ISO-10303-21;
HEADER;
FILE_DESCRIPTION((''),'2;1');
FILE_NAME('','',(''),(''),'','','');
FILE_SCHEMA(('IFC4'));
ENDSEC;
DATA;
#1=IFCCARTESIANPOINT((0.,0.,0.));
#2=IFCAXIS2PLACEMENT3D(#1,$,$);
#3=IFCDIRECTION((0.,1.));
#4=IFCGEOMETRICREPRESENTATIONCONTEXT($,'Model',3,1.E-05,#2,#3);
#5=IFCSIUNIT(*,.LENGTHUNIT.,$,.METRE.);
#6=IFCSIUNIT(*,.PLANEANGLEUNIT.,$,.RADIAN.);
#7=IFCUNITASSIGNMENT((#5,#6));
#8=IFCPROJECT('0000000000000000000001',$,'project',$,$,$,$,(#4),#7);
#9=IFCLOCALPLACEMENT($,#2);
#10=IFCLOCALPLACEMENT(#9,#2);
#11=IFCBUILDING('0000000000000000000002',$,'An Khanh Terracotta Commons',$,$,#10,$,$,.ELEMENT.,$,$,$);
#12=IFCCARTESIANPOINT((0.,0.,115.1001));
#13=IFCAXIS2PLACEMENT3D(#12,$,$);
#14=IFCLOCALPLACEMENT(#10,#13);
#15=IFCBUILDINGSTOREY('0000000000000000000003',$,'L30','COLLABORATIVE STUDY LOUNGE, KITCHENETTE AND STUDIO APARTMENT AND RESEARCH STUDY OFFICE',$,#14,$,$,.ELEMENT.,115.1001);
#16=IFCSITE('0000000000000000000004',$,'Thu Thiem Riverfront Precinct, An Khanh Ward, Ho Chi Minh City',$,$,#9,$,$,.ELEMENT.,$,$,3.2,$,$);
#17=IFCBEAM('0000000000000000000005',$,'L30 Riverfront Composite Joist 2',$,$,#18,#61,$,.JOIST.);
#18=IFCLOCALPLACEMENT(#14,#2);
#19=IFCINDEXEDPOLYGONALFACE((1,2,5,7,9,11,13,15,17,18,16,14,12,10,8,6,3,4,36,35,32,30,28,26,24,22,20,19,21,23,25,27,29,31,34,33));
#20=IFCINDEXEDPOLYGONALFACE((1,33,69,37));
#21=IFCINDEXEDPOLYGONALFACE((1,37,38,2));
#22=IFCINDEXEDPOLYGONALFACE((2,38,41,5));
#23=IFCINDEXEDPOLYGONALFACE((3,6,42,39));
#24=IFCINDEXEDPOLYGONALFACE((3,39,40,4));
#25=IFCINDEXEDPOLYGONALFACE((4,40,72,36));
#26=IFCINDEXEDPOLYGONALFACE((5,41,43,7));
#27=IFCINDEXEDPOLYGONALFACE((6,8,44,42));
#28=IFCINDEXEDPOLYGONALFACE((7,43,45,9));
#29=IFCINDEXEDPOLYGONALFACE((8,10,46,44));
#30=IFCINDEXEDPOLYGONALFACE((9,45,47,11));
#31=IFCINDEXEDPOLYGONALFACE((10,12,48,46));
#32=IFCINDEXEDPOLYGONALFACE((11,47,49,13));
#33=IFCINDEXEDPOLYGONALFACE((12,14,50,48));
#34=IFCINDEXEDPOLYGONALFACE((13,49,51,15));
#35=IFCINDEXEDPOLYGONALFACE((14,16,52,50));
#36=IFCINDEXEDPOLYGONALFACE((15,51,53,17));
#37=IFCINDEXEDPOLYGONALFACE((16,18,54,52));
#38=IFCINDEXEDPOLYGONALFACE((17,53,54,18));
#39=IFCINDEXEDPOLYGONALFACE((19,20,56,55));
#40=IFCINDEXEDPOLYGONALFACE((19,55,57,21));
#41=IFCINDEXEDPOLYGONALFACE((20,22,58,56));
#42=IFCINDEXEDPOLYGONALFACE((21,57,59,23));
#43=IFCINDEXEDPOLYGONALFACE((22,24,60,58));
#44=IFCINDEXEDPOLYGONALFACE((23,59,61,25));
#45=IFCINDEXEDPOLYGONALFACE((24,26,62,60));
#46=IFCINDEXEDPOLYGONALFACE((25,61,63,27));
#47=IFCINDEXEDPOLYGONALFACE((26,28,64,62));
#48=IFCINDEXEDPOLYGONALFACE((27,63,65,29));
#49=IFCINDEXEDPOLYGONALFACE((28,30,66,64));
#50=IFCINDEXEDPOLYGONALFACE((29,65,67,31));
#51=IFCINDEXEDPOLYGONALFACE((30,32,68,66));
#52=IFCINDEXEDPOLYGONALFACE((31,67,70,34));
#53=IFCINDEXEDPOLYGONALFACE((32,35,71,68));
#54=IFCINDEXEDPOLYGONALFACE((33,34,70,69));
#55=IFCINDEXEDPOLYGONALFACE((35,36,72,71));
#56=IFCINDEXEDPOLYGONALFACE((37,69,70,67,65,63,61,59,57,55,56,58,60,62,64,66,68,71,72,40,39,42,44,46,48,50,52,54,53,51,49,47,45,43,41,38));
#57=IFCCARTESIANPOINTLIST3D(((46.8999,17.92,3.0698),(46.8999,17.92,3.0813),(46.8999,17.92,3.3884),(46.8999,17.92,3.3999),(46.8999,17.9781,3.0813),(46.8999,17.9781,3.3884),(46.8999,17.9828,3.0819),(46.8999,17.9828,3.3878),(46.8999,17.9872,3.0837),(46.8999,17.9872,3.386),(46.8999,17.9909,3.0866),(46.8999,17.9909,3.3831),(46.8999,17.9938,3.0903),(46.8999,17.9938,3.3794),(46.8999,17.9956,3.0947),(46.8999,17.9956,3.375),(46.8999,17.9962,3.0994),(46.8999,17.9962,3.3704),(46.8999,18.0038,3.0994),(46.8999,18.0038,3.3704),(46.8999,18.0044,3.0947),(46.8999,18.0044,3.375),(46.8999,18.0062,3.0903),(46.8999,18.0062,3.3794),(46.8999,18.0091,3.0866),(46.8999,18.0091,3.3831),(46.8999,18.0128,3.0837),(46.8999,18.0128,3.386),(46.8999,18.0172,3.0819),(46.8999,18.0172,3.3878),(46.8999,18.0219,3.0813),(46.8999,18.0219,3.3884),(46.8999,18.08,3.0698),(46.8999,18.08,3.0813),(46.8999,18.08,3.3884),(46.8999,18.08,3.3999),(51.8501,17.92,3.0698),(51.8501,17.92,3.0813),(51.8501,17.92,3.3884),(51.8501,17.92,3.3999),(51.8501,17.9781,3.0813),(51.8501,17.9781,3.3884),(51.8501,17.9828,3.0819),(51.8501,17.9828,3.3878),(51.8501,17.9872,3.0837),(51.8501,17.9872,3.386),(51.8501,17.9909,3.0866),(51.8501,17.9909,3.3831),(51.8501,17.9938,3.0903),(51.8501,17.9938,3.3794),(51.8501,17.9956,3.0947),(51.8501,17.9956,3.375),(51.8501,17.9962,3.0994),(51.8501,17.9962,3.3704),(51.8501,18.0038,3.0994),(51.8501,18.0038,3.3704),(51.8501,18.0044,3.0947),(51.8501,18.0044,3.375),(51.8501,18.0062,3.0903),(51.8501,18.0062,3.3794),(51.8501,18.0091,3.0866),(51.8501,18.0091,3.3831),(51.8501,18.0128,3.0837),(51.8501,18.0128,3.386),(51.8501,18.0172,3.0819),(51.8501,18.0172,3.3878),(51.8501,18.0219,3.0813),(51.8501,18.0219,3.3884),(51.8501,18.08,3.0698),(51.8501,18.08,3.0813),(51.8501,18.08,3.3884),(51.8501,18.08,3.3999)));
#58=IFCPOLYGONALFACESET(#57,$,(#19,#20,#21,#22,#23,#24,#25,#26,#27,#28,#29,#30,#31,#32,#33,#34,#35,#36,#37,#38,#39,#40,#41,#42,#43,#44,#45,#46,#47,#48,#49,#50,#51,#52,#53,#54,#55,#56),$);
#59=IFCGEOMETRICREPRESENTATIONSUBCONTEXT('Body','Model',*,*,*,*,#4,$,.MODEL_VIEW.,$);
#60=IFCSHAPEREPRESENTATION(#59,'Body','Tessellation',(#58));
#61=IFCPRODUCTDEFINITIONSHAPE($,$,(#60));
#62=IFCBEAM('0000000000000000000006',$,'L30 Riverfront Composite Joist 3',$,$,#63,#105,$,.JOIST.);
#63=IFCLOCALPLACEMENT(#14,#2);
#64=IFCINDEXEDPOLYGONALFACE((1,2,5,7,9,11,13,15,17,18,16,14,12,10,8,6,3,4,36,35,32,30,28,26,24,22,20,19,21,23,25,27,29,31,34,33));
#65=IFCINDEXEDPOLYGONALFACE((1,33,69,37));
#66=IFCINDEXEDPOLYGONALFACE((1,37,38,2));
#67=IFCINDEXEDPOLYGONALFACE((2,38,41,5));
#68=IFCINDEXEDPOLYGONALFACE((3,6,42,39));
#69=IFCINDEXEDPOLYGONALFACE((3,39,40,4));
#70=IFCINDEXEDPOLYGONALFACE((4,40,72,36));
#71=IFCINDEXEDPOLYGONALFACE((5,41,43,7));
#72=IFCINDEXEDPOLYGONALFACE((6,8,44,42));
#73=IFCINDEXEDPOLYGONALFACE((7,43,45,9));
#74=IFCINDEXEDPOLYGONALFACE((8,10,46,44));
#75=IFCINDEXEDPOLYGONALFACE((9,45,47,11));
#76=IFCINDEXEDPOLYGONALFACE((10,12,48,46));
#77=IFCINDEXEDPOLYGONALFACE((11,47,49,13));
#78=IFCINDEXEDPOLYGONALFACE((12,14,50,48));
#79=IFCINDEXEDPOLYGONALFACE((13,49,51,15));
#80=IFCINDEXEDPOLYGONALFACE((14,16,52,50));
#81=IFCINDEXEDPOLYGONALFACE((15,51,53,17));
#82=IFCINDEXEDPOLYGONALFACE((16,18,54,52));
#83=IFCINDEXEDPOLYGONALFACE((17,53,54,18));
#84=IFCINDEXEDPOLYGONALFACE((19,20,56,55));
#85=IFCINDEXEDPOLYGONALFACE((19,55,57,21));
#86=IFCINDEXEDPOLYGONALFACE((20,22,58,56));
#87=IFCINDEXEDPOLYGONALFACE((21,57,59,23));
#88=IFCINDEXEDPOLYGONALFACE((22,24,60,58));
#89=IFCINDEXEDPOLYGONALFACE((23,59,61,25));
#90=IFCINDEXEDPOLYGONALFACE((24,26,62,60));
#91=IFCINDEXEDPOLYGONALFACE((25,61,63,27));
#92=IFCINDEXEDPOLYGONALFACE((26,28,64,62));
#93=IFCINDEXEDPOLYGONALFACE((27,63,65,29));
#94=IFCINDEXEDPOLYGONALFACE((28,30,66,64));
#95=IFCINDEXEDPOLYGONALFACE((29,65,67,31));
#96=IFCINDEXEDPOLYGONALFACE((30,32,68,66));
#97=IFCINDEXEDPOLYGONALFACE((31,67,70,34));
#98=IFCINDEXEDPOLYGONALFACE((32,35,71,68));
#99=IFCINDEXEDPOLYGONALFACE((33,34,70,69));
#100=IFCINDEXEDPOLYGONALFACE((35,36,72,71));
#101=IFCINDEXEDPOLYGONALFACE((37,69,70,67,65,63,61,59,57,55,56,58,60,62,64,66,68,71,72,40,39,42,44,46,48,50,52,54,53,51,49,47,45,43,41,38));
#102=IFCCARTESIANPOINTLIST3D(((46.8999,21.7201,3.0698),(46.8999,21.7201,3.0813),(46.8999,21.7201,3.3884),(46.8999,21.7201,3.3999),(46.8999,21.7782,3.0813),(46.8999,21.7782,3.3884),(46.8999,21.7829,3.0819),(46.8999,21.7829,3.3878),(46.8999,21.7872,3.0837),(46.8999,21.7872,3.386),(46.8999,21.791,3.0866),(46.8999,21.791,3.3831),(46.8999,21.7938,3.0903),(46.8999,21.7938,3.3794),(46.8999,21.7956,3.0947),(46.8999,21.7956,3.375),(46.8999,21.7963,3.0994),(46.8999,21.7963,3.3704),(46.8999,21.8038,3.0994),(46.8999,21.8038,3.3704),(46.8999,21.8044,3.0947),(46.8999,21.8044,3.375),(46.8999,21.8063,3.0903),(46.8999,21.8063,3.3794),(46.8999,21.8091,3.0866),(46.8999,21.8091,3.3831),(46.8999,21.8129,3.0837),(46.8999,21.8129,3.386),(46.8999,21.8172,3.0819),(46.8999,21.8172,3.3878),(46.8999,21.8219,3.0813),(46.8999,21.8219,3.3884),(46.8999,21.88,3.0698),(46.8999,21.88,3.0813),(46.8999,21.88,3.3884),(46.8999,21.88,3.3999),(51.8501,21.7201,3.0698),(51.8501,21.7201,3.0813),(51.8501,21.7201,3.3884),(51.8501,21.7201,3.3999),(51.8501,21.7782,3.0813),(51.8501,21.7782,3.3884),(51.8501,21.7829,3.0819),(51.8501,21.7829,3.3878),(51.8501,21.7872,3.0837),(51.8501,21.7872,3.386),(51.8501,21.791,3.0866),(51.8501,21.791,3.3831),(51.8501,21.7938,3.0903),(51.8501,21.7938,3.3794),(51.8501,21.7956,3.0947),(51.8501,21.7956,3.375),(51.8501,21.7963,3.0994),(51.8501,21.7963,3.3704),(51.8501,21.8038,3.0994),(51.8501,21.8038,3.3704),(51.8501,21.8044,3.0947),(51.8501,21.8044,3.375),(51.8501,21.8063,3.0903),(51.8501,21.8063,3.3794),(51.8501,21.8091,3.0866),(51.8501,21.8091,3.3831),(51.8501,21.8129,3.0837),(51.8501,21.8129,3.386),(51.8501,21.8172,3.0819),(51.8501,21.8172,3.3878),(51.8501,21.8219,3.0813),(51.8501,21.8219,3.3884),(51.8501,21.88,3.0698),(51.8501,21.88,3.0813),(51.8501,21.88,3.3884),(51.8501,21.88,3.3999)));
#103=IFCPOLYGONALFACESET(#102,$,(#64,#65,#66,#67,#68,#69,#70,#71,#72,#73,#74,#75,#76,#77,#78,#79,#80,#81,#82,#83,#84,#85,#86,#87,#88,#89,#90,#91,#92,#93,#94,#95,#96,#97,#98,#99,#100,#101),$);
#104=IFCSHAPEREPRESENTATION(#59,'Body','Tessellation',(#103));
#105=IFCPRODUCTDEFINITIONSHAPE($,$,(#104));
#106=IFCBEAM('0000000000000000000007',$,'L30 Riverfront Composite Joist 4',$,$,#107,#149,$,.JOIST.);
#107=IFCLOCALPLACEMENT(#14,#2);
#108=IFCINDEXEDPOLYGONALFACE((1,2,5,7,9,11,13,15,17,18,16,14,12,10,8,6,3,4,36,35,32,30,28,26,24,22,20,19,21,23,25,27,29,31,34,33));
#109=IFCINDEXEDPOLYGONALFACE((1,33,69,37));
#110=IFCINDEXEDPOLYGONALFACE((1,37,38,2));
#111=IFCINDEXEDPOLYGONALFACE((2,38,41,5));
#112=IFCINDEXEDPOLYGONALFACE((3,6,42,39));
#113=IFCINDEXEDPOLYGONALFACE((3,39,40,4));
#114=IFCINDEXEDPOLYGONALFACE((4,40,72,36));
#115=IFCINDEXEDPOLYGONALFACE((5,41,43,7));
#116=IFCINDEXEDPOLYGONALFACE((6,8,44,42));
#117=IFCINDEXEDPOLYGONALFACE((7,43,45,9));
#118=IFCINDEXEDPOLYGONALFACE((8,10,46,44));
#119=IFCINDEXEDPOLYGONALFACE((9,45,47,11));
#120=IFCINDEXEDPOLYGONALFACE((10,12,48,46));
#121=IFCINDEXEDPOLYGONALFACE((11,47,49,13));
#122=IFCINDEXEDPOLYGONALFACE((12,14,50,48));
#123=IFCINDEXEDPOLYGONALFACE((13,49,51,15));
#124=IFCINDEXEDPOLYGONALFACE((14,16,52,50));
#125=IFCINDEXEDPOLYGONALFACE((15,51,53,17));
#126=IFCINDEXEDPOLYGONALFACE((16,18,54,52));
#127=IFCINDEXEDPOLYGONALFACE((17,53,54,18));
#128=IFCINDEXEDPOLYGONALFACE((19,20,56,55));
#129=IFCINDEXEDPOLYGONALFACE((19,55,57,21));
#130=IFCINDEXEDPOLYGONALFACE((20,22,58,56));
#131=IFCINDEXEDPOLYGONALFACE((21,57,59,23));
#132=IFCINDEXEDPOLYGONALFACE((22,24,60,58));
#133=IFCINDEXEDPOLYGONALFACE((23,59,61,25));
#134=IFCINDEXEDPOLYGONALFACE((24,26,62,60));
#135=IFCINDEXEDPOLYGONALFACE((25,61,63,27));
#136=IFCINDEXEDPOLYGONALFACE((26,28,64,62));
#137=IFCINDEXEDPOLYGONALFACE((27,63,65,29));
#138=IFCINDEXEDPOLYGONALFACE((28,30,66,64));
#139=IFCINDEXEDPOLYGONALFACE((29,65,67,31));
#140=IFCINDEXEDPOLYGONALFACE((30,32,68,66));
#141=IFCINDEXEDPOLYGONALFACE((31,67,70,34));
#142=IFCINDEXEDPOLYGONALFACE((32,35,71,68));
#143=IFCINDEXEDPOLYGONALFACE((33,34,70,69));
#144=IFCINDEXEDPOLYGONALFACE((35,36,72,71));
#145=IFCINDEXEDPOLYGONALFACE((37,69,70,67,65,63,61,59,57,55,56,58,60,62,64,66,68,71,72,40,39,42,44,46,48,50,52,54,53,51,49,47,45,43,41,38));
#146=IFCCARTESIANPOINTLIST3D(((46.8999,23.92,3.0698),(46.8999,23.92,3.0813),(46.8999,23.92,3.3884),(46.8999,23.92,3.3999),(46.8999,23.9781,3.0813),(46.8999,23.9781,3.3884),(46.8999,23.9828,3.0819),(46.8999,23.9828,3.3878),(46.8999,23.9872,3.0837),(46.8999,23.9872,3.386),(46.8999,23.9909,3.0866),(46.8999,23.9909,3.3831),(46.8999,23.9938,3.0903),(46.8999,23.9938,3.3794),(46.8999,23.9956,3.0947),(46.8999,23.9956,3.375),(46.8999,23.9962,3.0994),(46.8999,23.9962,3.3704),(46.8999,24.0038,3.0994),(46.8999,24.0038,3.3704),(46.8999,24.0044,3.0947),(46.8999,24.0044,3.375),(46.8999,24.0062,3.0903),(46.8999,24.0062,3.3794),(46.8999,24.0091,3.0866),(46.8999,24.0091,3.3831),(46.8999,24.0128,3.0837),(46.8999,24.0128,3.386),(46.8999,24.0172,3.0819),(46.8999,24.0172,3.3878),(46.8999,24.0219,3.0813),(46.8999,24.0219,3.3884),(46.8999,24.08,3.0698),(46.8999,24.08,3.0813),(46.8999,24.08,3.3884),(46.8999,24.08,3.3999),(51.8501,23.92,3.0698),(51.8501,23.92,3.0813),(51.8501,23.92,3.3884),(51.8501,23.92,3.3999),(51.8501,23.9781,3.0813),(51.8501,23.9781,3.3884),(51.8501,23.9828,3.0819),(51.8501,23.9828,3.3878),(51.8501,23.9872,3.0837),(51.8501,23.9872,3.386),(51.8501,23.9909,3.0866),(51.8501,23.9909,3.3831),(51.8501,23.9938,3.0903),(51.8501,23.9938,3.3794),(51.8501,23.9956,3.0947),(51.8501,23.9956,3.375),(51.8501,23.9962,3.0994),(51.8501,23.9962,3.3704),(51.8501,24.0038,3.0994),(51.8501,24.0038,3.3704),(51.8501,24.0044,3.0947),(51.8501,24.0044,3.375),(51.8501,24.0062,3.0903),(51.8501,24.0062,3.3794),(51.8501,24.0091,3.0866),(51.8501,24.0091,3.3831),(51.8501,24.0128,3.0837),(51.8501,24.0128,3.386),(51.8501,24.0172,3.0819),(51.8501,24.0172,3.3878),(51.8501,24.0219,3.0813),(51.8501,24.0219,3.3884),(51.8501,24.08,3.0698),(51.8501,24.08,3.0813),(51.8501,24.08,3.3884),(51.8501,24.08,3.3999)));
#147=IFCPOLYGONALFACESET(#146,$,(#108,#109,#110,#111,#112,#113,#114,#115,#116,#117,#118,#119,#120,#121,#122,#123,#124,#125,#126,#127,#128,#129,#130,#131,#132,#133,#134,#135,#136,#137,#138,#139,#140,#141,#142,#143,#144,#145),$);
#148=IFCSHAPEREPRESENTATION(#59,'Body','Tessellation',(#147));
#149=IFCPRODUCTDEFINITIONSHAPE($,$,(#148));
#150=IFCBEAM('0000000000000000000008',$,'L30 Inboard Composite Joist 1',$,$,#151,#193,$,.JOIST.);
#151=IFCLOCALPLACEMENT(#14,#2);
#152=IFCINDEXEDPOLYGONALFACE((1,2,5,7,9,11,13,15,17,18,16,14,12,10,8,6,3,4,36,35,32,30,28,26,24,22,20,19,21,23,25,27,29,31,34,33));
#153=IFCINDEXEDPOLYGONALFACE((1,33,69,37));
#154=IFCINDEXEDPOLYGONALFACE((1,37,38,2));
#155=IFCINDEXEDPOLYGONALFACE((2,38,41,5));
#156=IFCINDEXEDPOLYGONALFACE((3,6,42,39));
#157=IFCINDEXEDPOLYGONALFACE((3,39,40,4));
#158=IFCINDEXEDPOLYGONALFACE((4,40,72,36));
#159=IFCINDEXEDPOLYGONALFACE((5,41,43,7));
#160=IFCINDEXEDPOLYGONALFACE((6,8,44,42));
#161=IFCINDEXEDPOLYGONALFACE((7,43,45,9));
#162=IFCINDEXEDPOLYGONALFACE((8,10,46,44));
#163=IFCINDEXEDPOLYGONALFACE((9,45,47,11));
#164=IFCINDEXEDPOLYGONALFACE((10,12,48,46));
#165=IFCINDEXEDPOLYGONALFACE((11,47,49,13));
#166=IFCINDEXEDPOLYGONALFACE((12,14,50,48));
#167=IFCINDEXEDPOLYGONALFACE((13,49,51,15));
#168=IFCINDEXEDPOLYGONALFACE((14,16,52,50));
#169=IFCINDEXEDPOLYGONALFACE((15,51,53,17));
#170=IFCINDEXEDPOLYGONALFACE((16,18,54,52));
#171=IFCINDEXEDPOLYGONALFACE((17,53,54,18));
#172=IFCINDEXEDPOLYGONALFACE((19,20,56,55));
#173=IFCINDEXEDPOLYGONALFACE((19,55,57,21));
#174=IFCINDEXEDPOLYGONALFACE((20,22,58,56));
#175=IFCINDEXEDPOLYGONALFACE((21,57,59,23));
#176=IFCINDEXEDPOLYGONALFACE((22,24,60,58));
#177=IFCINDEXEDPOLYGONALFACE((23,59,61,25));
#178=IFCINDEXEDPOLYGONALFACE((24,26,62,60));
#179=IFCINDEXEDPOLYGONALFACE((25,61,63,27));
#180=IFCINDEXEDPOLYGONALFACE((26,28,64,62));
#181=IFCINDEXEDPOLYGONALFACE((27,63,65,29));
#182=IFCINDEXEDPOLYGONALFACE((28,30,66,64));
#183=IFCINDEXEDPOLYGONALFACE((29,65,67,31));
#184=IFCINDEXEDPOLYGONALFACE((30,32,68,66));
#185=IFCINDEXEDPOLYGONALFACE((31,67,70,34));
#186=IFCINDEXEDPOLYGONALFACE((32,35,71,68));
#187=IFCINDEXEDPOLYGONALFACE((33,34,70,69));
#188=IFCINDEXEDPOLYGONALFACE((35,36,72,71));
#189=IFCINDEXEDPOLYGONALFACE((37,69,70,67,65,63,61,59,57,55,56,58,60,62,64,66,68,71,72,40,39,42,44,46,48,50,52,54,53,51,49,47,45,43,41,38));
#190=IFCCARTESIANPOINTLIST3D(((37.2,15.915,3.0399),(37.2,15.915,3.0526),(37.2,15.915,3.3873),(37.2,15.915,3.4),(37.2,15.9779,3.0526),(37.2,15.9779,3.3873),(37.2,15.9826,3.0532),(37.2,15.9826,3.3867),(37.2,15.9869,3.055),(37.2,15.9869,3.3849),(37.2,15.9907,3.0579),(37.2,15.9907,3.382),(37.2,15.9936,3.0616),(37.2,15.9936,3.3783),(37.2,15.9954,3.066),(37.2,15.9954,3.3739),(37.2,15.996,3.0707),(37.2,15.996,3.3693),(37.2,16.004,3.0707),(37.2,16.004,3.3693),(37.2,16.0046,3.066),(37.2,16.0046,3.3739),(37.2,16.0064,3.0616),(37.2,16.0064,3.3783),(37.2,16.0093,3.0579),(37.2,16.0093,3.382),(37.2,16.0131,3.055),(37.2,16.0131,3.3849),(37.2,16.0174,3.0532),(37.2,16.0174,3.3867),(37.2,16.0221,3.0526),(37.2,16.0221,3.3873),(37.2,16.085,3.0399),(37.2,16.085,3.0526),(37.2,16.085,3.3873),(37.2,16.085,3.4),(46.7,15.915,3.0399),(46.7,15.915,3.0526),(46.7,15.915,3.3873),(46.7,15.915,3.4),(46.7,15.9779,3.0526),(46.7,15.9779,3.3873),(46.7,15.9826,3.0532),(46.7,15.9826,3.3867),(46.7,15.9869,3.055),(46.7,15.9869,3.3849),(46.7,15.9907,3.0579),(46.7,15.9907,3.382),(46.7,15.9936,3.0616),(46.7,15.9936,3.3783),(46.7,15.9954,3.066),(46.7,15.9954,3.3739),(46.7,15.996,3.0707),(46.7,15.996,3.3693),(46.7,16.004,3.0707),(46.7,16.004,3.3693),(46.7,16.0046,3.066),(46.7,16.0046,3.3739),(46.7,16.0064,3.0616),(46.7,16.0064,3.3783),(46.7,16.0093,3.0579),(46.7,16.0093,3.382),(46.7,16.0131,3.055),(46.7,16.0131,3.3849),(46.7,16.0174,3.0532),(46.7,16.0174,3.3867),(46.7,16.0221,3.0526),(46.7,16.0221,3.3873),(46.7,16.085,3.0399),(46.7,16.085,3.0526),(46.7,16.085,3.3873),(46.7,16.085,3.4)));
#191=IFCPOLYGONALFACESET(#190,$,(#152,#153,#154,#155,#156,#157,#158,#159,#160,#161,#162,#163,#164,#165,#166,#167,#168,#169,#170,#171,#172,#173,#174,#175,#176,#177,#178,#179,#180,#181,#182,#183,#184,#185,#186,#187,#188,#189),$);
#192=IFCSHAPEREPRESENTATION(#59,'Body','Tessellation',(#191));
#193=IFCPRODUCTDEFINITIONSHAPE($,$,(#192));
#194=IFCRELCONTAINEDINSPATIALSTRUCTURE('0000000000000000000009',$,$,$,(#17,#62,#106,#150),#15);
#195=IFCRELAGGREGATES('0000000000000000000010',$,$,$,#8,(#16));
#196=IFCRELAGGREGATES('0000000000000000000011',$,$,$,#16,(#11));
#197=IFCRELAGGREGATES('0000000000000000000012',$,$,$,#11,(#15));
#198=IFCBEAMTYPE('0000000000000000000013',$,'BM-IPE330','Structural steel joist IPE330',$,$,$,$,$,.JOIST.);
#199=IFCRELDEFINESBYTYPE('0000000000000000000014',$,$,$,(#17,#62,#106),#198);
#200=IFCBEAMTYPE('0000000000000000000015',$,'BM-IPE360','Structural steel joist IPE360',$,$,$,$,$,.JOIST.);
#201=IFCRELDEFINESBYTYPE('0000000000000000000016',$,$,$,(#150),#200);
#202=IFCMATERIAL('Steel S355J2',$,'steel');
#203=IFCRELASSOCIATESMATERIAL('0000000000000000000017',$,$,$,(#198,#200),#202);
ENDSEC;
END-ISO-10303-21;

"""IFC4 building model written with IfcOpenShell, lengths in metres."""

from ifc_helpers import new_model, si_unit, direction, frame, origin, origin_2d, place, context, subcontext, project, spatial, i_section, extrude, material, material_profile, profile_set, type_object, element, save


model = new_model("IFC4")

# Units and contexts
model_context = context("Model", 3, precision=1e-05, world=origin(), true_north=direction((0.0, 1.0)))
body_context = subcontext(model_context, "Body", "Model", "MODEL_VIEW")
ifc_project = project(units=[si_unit("LENGTHUNIT", "METRE"), si_unit("PLANEANGLEUNIT", "RADIAN")], contexts=[model_context])

# Site, building, storey
site_placement = place(None, origin())
site = spatial("IfcSite", under=ifc_project, at=site_placement, Name="Thu Thiem Riverfront Precinct, An Khanh Ward, Ho Chi Minh City", CompositionType="ELEMENT", RefElevation=3.2)
building_placement = place(site_placement, origin())
building = spatial("IfcBuilding", under=site, at=building_placement, Name="An Khanh Terracotta Commons", CompositionType="ELEMENT")
storey_placement = place(building_placement, frame((0.0, 0.0, 115.1001)))
storey = spatial("IfcBuildingStorey", under=building, at=storey_placement, Name="L30", Description="COLLABORATIVE STUDY LOUNGE, KITCHENETTE AND STUDIO APARTMENT AND RESEARCH STUDY OFFICE", CompositionType="ELEMENT", Elevation=115.1001)

# Beams
ifc_material_1 = material(Name="Steel S355J2", Category="steel")
ifc_material_profile_1 = material_profile(ifc_material_1, i_section(OverallWidth=0.1599, OverallDepth=0.3301, WebThickness=0.0076, FlangeThickness=0.0115, FilletRadius=0.0181, at=origin_2d()), Name="IPE330")
ifc_profile_set_1 = profile_set([ifc_material_profile_1], Name="Steel S355J2")
beam_type_1 = type_object("IfcBeamType", Name="BM-IPE330", Description="Structural steel joist IPE330", PredefinedType="JOIST", material=ifc_profile_set_1)
for number, where, z_axis, x_axis, name in (
    (1, (46.8999, 18.0, 3.2349), (1.0, 0.0, 0.0), (0.0, 1.0, 0.0), "L30 Riverfront Composite Joist 2"),
    (2, (46.8999, 21.8, 3.2349), (1.0, 0.0, 0.0), (0.0, 1.0, 0.0), "L30 Riverfront Composite Joist 3"),
    (3, (46.8999, 24.0, 3.2349), (1.0, 0.0, 0.0), (0.0, 1.0, 0.0), "L30 Riverfront Composite Joist 4"),
):
    element("IfcBeam", number, at=place(storey_placement, frame(where, z_axis=z_axis, x_axis=x_axis)), inside=storey, type_object=beam_type_1, Name=name, PredefinedType="JOIST", context=body_context, shape_type="SweptSolid", body=[
        extrude(i_section(OverallWidth=0.1599, OverallDepth=0.3301, WebThickness=0.0076, FlangeThickness=0.0115, FilletRadius=0.0181, at=origin_2d()), origin(), (0.0, 0.0, 1.0), 4.9502),
    ])
ifc_material_profile_2 = material_profile(ifc_material_1, i_section(OverallWidth=0.1699, OverallDepth=0.3601, WebThickness=0.0081, FlangeThickness=0.0127, FilletRadius=0.0181, at=origin_2d()), Name="IPE360")
ifc_profile_set_2 = profile_set([ifc_material_profile_2], Name="Steel S355J2")
beam_type_2 = type_object("IfcBeamType", Name="BM-IPE360", Description="Structural steel joist IPE360", PredefinedType="JOIST", material=ifc_profile_set_2)
for number, where, z_axis, x_axis, name in (
    (4, (37.2, 16.0, 3.22), (1.0, 0.0, 0.0), (0.0, 1.0, 0.0), "L30 Inboard Composite Joist 1"),
):
    element("IfcBeam", number, at=place(storey_placement, frame(where, z_axis=z_axis, x_axis=x_axis)), inside=storey, type_object=beam_type_2, Name=name, PredefinedType="JOIST", context=body_context, shape_type="SweptSolid", body=[
        extrude(i_section(OverallWidth=0.1699, OverallDepth=0.3601, WebThickness=0.0081, FlangeThickness=0.0127, FilletRadius=0.0181, at=origin_2d()), origin(), (0.0, 0.0, 1.0), 9.5),
    ])

save(model, "model.ifc")
